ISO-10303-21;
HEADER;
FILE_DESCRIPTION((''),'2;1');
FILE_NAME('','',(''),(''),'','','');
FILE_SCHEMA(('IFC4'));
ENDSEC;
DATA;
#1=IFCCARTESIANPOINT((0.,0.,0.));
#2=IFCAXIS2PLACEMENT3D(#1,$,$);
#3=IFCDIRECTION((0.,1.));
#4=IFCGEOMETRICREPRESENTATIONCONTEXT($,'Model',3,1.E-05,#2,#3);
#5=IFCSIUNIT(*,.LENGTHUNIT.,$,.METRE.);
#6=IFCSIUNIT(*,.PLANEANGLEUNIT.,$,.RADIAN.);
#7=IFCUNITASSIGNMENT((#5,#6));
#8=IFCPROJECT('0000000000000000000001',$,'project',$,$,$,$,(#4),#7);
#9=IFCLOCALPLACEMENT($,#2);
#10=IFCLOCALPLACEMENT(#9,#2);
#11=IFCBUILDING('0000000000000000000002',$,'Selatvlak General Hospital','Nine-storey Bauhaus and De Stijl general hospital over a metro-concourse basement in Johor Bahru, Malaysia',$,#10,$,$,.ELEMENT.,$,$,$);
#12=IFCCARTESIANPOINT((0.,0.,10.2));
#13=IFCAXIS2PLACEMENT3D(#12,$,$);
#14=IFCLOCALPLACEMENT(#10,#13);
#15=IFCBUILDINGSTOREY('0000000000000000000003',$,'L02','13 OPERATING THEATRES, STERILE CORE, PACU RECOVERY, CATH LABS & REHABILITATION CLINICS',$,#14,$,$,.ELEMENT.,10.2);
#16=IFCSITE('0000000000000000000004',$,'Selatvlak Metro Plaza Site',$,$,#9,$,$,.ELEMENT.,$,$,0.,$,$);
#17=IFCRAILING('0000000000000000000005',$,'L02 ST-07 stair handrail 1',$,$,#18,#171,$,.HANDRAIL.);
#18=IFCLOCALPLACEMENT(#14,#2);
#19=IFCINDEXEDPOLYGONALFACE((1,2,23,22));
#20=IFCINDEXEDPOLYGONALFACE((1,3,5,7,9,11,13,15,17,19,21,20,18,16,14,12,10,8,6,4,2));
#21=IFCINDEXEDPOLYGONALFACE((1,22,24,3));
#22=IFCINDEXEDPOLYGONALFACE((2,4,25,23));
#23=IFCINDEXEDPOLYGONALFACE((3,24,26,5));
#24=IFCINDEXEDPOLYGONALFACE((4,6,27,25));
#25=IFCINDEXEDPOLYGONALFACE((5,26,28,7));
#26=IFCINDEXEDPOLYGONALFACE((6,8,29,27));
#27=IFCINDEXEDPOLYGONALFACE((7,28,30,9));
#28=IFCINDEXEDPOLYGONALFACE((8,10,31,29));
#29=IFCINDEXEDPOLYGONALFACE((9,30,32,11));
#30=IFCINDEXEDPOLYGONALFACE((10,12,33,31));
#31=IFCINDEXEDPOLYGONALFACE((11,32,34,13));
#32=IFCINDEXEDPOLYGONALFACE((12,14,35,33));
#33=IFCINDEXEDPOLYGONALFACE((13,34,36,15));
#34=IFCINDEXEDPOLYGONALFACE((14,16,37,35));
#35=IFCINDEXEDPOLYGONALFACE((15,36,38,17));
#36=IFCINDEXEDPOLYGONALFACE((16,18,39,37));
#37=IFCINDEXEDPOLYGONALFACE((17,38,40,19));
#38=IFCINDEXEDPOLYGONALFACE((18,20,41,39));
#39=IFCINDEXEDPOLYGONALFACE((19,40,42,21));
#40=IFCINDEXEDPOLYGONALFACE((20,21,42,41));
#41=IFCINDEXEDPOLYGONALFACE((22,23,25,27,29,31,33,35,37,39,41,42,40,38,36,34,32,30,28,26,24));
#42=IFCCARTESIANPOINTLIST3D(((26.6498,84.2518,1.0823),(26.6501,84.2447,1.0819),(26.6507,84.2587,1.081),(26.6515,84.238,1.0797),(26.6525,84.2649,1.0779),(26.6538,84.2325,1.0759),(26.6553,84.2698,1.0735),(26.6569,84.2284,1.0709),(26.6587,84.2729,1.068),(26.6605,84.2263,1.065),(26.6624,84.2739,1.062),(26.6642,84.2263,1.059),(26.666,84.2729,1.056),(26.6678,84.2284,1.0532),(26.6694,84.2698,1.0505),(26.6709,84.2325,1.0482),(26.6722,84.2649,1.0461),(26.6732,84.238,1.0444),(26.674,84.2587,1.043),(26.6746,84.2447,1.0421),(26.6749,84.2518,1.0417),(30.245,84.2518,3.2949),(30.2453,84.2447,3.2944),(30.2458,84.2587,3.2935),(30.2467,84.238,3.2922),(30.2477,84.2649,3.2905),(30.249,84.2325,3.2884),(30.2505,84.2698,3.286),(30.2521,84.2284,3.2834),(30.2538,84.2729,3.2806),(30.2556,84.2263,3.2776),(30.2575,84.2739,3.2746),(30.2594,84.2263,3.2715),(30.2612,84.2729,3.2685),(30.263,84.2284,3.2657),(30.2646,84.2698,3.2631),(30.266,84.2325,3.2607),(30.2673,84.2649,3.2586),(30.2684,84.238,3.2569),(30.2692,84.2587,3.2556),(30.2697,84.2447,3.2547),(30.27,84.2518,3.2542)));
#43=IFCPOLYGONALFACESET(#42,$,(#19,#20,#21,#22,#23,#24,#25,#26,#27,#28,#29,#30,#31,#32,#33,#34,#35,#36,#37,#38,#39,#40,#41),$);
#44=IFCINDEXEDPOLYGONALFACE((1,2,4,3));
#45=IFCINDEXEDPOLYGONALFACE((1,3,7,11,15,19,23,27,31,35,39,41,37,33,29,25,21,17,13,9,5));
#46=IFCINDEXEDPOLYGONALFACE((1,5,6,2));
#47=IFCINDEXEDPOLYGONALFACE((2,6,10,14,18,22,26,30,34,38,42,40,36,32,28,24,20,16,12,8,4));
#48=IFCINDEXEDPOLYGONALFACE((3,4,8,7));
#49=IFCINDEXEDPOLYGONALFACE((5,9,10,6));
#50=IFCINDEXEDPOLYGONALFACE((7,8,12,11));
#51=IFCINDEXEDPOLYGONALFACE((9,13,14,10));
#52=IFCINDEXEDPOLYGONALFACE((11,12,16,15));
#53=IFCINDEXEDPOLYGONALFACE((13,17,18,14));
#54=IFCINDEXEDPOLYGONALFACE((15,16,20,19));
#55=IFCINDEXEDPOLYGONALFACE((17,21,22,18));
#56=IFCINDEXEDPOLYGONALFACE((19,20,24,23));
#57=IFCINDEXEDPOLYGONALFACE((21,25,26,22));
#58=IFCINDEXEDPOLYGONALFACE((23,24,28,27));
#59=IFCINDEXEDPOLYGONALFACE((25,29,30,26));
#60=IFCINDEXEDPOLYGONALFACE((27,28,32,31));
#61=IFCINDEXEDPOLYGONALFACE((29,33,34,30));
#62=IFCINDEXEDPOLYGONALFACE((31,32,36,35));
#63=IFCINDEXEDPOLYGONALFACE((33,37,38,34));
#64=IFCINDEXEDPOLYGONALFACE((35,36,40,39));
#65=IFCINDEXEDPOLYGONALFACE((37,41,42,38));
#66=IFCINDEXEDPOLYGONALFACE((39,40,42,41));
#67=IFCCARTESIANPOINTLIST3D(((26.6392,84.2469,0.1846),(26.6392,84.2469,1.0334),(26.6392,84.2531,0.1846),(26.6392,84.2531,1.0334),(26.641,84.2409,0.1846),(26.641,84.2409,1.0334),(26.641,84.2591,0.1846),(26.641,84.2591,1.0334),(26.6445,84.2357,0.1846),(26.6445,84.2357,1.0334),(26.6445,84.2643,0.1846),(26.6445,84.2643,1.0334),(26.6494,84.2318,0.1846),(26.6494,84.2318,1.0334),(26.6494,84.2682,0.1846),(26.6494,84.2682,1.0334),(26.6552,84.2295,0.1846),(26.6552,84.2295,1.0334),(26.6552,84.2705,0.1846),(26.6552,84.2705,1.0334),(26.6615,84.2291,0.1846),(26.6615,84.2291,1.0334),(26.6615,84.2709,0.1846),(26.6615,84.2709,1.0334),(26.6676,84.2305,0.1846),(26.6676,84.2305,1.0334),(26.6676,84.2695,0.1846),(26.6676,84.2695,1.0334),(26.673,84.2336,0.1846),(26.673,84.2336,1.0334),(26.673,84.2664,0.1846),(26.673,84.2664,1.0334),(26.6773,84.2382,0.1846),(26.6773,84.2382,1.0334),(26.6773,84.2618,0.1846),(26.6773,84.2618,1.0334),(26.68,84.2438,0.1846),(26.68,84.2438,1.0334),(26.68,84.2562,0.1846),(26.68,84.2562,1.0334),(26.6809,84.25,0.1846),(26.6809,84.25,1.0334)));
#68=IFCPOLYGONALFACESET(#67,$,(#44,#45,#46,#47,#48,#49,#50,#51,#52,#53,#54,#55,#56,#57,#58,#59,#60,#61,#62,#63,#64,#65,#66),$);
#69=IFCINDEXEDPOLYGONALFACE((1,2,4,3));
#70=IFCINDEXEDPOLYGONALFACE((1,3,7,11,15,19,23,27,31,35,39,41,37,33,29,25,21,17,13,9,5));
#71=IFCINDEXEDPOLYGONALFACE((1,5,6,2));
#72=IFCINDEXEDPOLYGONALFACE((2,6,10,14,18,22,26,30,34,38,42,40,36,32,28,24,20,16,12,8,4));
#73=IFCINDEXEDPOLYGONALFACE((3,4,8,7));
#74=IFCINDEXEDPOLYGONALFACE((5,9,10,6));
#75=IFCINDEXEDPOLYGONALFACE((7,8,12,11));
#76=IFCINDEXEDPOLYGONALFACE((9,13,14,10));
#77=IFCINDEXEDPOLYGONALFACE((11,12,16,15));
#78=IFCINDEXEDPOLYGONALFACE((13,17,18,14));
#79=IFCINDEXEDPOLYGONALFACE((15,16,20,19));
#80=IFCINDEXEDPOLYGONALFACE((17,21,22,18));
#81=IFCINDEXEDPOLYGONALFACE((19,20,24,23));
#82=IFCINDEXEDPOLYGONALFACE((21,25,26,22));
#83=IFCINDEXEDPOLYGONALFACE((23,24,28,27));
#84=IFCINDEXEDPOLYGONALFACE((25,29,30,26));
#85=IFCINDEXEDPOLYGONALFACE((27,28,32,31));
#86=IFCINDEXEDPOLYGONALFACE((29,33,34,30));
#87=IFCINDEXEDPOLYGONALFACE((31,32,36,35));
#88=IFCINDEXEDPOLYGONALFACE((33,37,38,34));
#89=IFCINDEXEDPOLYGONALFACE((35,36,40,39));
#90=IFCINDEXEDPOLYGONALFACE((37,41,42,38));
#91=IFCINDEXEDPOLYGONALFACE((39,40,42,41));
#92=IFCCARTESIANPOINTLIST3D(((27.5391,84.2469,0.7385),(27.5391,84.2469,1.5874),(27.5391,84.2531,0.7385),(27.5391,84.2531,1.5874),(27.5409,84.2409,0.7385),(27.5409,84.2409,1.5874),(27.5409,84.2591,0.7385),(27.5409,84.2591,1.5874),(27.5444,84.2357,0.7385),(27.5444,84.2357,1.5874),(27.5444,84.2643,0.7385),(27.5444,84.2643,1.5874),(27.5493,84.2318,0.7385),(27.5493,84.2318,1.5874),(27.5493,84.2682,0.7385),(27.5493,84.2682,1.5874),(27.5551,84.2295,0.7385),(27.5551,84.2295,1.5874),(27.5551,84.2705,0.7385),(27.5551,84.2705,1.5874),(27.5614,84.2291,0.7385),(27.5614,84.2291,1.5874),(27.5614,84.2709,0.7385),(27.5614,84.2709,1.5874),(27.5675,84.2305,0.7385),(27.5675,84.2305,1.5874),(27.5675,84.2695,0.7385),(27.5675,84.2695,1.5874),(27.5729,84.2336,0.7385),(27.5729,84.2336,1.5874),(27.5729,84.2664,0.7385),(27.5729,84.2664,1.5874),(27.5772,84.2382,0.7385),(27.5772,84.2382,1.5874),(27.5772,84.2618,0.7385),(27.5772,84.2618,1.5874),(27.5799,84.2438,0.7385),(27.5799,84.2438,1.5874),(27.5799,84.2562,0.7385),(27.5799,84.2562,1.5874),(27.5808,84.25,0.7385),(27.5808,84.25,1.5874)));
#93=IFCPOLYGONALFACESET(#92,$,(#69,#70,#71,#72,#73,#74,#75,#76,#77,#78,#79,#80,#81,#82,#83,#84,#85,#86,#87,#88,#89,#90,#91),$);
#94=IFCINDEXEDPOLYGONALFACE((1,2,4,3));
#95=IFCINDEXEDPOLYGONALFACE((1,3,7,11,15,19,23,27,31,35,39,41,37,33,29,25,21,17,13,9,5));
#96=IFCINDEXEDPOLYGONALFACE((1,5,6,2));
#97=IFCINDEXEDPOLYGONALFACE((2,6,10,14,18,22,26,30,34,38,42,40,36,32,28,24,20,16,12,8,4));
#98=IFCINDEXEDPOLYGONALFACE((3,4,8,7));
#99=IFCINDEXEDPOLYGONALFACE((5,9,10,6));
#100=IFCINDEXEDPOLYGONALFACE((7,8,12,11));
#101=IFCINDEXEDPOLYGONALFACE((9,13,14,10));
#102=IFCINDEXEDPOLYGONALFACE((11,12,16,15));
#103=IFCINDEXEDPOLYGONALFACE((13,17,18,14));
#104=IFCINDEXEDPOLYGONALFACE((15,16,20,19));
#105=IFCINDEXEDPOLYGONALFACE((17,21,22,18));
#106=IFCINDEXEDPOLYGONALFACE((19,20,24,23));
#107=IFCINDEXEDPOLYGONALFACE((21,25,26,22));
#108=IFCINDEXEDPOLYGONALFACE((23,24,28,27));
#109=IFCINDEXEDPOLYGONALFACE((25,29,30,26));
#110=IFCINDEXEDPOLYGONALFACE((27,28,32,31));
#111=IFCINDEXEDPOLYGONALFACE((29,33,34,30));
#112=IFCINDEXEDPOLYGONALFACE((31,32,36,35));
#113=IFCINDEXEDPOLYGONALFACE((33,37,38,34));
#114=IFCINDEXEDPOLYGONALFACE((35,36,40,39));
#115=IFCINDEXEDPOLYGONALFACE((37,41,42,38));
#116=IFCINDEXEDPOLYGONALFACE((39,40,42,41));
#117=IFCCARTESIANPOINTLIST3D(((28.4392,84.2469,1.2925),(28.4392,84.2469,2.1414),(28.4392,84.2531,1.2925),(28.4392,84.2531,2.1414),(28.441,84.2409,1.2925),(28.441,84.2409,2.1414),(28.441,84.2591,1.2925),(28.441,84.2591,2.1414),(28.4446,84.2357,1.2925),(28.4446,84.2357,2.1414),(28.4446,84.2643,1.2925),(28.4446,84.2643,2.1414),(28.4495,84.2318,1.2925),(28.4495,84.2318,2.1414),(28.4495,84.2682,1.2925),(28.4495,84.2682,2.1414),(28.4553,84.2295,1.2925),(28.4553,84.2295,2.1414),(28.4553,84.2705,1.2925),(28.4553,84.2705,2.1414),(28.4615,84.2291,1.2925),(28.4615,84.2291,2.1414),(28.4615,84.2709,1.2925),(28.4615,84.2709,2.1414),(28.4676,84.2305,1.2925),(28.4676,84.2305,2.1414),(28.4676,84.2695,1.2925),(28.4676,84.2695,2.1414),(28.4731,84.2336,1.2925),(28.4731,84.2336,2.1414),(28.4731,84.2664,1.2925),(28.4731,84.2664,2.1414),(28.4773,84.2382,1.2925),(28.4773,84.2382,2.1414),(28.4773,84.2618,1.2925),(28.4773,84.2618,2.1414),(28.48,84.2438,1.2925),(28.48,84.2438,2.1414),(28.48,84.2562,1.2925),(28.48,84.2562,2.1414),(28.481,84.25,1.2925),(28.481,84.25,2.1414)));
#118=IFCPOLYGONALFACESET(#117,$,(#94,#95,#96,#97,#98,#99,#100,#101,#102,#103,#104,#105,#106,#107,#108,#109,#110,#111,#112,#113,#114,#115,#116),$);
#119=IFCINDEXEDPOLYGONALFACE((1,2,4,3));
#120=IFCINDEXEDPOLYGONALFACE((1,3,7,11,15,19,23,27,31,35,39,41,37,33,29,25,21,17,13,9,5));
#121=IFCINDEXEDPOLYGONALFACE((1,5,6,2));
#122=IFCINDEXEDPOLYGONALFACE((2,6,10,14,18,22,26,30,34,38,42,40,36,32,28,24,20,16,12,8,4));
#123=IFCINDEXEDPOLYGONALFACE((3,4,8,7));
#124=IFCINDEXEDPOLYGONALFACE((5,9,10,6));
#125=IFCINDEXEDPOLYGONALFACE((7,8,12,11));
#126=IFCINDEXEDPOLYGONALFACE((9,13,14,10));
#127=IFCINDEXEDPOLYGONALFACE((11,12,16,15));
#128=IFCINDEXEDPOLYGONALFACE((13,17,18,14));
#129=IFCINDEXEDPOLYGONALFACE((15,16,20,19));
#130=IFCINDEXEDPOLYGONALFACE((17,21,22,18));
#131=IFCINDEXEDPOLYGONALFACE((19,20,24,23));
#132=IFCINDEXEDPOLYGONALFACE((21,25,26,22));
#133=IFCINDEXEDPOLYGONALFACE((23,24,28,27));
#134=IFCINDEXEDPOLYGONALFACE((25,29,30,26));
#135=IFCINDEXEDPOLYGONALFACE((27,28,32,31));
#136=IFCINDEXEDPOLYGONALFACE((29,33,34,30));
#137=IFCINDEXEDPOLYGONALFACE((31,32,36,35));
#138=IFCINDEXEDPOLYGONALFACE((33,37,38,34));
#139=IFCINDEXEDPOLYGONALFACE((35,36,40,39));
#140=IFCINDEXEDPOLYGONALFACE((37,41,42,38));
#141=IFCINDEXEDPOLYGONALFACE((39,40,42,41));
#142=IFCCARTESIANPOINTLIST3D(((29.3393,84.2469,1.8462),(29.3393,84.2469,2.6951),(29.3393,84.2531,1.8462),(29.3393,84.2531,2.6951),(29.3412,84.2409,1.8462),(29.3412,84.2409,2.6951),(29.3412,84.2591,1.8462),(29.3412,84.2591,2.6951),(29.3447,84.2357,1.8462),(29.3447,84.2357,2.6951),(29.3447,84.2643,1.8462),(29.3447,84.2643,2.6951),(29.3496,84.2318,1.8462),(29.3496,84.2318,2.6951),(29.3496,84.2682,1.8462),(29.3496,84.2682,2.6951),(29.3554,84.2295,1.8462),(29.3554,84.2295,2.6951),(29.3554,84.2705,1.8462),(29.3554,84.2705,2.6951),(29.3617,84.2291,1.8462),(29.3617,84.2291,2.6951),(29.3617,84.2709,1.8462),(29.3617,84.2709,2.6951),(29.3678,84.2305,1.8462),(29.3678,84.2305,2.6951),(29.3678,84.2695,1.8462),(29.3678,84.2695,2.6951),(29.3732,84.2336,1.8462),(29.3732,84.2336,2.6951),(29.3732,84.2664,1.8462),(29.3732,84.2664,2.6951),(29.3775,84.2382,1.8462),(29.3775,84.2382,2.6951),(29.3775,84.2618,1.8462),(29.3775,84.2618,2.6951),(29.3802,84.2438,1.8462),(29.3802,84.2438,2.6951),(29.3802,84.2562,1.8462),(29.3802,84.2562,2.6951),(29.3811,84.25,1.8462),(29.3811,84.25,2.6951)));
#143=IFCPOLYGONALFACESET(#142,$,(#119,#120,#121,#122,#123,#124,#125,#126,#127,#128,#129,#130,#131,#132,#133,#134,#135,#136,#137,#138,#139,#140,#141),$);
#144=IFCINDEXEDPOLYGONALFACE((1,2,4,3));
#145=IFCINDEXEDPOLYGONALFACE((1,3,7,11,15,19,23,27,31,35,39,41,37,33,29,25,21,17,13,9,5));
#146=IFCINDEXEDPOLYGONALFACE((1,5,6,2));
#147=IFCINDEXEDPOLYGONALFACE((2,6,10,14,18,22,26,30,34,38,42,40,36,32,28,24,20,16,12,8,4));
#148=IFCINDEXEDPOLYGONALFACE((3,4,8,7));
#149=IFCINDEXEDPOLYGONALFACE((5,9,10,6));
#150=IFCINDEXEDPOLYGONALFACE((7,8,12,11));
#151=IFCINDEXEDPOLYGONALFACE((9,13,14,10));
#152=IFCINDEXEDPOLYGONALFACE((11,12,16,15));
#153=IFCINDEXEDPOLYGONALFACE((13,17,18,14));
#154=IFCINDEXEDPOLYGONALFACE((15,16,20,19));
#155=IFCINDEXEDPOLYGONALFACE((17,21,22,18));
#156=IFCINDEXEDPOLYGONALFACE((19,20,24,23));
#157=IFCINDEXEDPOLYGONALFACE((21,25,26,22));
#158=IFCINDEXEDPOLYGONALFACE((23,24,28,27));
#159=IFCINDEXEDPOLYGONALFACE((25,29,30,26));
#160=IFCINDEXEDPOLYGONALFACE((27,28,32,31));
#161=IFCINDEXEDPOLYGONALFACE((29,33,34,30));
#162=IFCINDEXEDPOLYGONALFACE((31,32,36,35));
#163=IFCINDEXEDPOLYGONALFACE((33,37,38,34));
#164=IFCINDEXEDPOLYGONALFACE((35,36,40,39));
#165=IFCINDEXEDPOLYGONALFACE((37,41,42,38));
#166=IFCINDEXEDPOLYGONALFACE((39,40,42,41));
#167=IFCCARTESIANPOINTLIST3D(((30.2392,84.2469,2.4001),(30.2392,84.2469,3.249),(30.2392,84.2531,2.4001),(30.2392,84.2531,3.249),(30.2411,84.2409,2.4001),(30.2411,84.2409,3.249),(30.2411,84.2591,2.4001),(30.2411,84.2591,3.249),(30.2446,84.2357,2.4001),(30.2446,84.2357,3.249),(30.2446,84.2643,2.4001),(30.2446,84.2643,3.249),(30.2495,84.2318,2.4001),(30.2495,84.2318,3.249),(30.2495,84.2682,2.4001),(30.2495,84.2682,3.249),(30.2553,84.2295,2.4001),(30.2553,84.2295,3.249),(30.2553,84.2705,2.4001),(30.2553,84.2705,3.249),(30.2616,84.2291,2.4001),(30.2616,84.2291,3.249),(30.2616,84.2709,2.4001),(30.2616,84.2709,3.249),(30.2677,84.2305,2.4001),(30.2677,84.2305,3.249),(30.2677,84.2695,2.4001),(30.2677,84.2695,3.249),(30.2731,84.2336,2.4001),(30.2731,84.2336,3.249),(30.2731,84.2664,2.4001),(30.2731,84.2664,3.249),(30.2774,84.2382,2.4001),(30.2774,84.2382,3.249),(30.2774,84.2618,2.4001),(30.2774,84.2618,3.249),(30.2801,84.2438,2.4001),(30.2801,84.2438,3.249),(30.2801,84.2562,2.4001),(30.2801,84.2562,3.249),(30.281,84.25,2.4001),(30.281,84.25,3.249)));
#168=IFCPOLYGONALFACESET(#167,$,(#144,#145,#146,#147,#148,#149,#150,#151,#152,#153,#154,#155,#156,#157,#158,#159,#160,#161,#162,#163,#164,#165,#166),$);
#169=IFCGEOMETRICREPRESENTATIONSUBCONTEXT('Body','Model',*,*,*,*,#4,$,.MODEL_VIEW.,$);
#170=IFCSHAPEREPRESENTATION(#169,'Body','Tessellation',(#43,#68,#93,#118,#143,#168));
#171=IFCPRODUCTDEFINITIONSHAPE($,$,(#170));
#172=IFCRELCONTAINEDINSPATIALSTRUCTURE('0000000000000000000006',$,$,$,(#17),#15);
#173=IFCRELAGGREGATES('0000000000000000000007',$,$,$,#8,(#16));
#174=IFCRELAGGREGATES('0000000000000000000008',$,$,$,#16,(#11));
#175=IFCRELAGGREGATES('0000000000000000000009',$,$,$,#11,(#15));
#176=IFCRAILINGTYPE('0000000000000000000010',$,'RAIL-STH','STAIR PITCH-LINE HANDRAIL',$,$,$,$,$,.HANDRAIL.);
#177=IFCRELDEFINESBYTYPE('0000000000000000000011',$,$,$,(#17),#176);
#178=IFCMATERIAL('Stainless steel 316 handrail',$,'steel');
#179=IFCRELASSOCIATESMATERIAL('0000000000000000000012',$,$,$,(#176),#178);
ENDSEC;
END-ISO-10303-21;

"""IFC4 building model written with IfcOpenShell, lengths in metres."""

from ifc_helpers import new_model, si_unit, direction, frame, origin, origin_2d, place, context, subcontext, project, spatial, circle, extrude, material, type_object, element, save


model = new_model("IFC4")

# Units and contexts
model_context = context("Model", 3, precision=1e-05, world=origin(), true_north=direction((0.0, 1.0)))
body_context = subcontext(model_context, "Body", "Model", "MODEL_VIEW")
ifc_project = project(units=[si_unit("LENGTHUNIT", "METRE"), si_unit("PLANEANGLEUNIT", "RADIAN")], contexts=[model_context])

# Site, building, storey
site_placement = place(None, origin())
site = spatial("IfcSite", under=ifc_project, at=site_placement, Name="Selatvlak Metro Plaza Site", CompositionType="ELEMENT", RefElevation=0.0)
building_placement = place(site_placement, origin())
building = spatial("IfcBuilding", under=site, at=building_placement, Name="Selatvlak General Hospital", Description="Nine-storey Bauhaus and De Stijl general hospital over a metro-concourse basement in Johor Bahru, Malaysia", CompositionType="ELEMENT")
storey_placement = place(building_placement, frame((0.0, 0.0, 10.2)))
storey = spatial("IfcBuildingStorey", under=building, at=storey_placement, Name="L02", Description="13 OPERATING THEATRES, STERILE CORE, PACU RECOVERY, CATH LABS & REHABILITATION CLINICS", CompositionType="ELEMENT", Elevation=10.2)

# Railing
ifc_material_1 = material(Name="Stainless steel 316 handrail", Category="steel")
railing_type_1 = type_object("IfcRailingType", Name="RAIL-STH", Description="STAIR PITCH-LINE HANDRAIL", PredefinedType="HANDRAIL", material=ifc_material_1)
railing_1_placement = place(storey_placement, frame((26.6599, 84.25, 0.1846)))
element("IfcRailing", 1, at=railing_1_placement, inside=storey, type_object=railing_type_1, Name="L02 ST-07 stair handrail 1", PredefinedType="HANDRAIL", context=body_context, shape_type="SweptSolid", body=[
    extrude(circle(Radius=0.0239, at=origin_2d()), frame((0.0024, 0.0, 0.8774), z_axis=(0.851644, 0.0, 0.52412), x_axis=(0.0, 1.0, 0.0)), (0.0, 0.0, 1.0), 4.2214),
    extrude(circle(Radius=0.021, at=origin_2d()), origin(), (0.0, 0.0, 1.0), 0.8489),
    extrude(circle(Radius=0.021, at=origin_2d()), frame((0.8999, 0.0, 0.554)), (0.0, 0.0, 1.0), 0.8489),
    extrude(circle(Radius=0.021, at=origin_2d()), frame((1.8, 0.0, 1.1079)), (0.0, 0.0, 1.0), 0.8489),
    extrude(circle(Radius=0.021, at=origin_2d()), frame((2.7002, 0.0, 1.6616)), (0.0, 0.0, 1.0), 0.8489),
    extrude(circle(Radius=0.021, at=origin_2d()), frame((3.6001, 0.0, 2.2156)), (0.0, 0.0, 1.0), 0.8489),
])

save(model, "model.ifc")
